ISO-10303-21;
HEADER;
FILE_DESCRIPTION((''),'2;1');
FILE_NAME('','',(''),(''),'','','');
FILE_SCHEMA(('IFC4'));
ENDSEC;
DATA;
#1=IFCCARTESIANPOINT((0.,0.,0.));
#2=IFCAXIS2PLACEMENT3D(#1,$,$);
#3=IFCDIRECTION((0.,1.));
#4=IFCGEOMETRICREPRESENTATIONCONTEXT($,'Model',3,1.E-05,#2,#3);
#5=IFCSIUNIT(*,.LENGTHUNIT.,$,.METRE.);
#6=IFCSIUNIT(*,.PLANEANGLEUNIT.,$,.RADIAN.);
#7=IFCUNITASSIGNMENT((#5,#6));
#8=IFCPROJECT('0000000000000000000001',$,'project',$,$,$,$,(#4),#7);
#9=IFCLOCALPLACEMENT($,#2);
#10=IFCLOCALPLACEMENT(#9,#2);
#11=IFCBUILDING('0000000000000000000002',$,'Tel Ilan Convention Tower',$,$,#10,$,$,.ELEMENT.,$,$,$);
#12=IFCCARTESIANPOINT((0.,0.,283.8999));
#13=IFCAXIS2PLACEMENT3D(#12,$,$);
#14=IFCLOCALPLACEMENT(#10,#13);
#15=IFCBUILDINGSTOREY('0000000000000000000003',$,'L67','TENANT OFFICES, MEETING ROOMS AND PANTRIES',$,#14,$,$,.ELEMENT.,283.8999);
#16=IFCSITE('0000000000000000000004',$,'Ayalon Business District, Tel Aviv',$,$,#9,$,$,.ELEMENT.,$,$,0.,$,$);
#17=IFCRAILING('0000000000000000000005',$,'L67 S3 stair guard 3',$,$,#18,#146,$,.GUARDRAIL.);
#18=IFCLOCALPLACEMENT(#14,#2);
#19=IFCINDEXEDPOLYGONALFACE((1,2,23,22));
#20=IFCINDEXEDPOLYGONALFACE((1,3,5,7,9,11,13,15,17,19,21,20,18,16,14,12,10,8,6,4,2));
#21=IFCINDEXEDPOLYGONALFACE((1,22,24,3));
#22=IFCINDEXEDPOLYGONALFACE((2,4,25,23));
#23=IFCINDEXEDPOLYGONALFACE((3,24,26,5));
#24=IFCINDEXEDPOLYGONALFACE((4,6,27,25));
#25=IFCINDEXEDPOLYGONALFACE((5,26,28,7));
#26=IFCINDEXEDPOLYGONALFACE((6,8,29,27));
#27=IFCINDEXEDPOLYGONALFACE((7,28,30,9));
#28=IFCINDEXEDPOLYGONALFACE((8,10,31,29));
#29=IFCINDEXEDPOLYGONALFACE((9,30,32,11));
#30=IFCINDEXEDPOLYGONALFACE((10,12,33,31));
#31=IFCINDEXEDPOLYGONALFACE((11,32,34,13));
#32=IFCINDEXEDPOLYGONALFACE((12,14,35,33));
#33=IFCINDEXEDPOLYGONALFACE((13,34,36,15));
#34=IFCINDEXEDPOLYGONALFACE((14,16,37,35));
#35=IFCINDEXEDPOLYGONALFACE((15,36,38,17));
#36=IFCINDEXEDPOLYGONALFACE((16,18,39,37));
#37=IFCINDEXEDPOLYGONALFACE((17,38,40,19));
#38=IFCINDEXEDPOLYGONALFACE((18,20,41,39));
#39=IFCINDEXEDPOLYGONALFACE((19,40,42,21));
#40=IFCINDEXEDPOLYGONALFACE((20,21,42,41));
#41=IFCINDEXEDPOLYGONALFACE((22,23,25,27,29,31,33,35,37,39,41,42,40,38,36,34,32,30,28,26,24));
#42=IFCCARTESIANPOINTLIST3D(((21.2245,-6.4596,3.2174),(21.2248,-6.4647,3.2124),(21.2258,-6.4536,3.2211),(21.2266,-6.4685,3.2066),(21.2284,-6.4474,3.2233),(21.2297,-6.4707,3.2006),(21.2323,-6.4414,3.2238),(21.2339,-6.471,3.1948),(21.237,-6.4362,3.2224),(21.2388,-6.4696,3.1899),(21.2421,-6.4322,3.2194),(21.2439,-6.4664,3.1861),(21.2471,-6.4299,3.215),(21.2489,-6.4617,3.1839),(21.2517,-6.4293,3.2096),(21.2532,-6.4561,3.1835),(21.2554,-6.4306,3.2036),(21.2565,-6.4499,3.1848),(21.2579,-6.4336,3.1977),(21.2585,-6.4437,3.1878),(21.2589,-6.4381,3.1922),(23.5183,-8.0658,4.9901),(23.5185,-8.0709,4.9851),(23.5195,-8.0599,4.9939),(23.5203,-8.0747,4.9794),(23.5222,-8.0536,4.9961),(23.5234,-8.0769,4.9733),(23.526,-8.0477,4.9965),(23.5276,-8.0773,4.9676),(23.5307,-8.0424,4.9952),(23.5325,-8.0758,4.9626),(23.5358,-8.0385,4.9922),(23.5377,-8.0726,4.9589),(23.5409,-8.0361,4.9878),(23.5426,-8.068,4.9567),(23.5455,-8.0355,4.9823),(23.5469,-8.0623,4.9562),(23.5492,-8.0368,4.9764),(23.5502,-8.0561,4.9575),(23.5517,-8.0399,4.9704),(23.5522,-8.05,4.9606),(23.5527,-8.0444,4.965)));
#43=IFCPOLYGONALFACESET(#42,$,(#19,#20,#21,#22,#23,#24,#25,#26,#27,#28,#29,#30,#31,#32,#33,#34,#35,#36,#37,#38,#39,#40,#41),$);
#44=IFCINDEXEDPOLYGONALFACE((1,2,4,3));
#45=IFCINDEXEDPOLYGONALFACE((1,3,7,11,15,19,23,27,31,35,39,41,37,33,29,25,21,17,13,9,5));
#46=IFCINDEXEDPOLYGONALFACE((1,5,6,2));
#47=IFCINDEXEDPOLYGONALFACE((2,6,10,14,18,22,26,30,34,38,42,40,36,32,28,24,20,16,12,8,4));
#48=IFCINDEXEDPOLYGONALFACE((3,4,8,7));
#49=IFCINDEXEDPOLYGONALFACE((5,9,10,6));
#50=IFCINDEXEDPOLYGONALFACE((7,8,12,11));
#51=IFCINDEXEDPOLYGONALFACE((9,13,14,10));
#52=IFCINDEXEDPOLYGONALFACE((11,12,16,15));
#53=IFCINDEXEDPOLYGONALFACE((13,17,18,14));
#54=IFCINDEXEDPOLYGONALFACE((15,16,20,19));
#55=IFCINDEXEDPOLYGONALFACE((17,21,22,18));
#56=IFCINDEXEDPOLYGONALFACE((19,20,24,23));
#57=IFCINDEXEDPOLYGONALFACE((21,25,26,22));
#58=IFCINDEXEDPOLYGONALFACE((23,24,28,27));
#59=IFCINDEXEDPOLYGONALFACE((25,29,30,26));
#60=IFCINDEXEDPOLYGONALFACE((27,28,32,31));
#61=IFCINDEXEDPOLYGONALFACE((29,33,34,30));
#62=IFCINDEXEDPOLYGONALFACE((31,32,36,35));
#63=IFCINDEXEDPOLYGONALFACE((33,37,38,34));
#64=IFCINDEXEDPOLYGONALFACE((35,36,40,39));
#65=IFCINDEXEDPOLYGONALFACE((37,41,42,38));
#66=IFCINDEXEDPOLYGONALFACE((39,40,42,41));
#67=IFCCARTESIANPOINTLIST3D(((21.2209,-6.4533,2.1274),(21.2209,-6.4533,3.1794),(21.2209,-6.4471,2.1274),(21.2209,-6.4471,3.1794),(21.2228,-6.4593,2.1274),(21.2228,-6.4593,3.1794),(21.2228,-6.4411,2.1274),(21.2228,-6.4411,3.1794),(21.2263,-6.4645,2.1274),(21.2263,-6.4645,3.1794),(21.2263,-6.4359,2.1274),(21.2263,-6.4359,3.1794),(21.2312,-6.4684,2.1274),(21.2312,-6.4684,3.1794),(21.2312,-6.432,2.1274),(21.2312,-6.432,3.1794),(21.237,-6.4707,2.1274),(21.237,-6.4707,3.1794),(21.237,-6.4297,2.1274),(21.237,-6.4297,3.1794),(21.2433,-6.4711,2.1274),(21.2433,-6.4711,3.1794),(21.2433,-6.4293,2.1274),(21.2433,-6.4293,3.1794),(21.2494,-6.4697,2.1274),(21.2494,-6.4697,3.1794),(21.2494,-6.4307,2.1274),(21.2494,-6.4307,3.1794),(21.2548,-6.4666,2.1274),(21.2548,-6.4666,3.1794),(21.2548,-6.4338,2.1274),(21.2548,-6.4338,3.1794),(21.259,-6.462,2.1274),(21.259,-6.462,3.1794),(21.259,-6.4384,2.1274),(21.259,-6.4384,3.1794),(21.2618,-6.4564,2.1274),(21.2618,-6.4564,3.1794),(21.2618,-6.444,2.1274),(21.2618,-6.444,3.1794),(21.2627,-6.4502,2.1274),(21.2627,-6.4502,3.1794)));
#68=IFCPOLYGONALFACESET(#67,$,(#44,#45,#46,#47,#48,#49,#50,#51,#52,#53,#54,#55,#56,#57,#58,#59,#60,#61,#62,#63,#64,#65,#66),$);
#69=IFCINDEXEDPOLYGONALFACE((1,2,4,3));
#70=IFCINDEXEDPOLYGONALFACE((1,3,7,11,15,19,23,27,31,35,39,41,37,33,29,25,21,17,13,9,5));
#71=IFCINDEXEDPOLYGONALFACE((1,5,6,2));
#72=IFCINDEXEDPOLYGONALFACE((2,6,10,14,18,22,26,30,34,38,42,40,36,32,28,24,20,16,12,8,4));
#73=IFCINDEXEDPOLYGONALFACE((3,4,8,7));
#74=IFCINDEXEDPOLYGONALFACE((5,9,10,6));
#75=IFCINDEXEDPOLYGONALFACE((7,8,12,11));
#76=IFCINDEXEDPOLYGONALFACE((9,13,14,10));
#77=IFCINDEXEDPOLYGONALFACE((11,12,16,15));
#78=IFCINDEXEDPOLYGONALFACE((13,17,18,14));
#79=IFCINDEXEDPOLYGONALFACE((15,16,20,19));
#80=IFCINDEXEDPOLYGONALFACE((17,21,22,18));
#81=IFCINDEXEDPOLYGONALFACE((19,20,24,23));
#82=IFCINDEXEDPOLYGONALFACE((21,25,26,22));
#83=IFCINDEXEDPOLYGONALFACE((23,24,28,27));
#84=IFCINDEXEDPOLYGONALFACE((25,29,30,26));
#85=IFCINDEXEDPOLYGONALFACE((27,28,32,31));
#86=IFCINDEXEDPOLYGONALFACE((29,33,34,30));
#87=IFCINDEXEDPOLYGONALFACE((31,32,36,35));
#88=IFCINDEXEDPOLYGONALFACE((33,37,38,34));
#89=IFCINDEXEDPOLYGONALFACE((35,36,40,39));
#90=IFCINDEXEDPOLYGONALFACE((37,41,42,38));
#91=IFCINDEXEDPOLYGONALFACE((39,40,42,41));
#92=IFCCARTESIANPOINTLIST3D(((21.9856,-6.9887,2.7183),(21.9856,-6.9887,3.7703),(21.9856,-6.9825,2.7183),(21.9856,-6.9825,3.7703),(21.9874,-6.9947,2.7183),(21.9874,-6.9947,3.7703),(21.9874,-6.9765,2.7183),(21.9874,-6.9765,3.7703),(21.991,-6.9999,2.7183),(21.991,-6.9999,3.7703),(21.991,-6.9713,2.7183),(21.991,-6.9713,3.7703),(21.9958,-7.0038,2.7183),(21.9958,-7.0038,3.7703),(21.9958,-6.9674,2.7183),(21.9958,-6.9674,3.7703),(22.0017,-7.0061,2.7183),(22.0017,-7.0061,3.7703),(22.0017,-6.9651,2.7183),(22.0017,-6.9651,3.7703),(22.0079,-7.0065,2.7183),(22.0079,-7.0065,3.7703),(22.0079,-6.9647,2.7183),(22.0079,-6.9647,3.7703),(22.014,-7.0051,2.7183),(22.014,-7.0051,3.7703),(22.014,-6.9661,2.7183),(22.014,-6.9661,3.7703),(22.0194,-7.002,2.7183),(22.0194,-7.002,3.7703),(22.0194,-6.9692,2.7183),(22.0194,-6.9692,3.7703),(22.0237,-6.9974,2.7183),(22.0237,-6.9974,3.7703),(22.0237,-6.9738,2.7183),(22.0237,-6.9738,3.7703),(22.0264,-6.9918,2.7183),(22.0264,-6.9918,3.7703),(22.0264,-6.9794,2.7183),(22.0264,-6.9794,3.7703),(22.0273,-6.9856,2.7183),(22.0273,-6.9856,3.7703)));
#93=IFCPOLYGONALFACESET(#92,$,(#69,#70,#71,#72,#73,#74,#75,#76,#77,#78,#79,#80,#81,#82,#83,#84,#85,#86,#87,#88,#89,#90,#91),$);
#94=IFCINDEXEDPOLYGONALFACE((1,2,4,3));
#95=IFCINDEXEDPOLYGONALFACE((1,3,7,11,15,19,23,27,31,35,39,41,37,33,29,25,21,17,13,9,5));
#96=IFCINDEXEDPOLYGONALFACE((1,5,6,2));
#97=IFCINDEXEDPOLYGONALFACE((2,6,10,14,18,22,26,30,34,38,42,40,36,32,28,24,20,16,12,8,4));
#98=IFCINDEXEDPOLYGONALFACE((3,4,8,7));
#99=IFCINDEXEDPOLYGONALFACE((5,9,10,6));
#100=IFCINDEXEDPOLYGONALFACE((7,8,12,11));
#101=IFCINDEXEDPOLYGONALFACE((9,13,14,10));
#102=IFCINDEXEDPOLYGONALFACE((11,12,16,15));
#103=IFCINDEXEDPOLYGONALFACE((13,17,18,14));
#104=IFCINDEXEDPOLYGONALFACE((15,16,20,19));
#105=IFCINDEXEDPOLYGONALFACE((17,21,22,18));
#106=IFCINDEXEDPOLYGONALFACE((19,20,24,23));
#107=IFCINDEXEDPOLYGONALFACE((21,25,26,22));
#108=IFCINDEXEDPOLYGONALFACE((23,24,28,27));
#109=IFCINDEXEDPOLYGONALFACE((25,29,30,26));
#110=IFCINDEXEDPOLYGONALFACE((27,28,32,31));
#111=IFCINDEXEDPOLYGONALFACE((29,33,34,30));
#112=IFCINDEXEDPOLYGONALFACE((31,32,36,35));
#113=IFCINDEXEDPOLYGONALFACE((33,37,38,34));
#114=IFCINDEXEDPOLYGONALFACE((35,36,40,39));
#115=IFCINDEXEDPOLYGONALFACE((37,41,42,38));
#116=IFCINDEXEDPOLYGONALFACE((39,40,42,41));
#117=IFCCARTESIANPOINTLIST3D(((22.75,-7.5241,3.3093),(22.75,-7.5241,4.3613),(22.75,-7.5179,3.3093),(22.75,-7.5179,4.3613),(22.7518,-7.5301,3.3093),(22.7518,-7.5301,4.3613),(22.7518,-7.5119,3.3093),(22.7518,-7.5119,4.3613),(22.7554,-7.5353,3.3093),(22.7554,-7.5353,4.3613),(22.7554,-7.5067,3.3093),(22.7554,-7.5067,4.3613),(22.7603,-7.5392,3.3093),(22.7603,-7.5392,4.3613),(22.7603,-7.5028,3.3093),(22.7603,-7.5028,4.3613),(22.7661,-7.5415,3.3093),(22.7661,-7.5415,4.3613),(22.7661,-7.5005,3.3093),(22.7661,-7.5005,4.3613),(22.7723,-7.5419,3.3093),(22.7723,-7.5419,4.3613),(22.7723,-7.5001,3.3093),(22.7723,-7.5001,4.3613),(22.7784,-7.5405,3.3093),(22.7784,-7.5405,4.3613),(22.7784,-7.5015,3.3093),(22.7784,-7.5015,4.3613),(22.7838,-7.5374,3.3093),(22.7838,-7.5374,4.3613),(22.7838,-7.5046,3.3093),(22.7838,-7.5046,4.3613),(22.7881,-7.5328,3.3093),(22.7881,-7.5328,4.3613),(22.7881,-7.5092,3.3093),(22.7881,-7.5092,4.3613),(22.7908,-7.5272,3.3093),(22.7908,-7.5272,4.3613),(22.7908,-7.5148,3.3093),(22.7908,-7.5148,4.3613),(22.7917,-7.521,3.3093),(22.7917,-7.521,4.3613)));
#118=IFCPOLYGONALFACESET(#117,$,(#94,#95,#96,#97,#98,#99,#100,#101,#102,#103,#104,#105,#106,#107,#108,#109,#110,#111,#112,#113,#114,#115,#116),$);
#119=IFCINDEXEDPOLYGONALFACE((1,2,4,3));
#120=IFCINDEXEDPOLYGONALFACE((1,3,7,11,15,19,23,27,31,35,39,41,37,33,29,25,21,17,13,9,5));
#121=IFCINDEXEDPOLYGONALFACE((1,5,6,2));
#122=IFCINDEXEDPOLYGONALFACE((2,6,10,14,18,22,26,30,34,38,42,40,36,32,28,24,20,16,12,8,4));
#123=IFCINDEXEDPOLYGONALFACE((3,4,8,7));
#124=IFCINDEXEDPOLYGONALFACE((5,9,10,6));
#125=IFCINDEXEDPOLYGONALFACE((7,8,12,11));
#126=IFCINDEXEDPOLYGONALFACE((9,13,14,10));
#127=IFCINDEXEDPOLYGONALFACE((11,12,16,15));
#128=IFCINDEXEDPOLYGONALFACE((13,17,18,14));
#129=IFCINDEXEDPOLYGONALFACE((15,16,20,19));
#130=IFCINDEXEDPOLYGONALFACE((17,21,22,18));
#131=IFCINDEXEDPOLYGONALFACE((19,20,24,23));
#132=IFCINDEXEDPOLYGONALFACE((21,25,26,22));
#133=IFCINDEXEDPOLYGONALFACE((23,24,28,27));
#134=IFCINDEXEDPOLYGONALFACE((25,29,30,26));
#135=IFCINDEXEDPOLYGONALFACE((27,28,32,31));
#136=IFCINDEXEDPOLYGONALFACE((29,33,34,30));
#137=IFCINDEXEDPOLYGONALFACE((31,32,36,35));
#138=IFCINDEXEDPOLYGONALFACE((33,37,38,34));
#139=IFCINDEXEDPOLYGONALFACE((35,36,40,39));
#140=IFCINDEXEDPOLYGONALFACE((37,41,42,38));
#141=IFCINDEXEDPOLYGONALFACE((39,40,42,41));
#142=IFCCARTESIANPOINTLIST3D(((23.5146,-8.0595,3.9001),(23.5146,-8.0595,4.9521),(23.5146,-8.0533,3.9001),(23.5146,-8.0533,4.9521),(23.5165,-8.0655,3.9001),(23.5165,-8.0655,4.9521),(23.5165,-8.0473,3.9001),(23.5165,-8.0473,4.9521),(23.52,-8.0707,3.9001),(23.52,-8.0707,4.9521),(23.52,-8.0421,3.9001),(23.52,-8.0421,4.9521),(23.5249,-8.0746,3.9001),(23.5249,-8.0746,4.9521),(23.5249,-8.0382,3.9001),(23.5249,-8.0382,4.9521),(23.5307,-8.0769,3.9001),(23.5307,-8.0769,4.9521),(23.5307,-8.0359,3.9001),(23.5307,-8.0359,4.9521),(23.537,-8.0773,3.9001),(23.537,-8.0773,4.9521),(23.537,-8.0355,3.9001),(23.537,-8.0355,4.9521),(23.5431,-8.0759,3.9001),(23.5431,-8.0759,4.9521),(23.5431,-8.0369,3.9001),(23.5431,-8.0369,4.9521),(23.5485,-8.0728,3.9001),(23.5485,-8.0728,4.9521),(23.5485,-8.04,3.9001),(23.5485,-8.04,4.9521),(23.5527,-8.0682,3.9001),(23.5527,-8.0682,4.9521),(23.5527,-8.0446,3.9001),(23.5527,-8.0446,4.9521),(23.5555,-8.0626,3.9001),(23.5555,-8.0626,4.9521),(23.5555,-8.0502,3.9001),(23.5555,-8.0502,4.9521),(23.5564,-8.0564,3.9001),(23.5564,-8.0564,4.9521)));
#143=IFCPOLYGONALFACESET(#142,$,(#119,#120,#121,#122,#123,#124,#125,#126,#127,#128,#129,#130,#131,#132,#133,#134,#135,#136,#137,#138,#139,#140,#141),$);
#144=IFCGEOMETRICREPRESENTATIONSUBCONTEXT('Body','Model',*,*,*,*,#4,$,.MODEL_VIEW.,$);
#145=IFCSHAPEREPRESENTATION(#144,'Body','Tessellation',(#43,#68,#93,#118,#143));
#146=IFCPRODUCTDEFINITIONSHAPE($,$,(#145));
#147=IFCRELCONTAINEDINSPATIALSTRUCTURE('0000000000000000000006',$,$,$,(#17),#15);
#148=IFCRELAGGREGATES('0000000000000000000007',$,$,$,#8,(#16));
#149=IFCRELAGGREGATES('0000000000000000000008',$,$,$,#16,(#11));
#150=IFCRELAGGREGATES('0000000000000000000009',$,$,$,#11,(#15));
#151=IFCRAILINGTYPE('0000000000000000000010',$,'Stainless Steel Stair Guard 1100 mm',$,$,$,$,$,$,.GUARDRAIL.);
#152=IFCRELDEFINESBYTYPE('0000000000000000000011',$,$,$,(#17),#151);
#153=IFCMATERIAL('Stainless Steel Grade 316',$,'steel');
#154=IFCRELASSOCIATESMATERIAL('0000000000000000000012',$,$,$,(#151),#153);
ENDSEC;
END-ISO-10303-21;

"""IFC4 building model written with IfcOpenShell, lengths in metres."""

from ifc_helpers import new_model, si_unit, direction, frame, origin, origin_2d, place, context, subcontext, project, spatial, circle, extrude, material, type_object, element, save


model = new_model("IFC4")

# Units and contexts
model_context = context("Model", 3, precision=1e-05, world=origin(), true_north=direction((0.0, 1.0)))
body_context = subcontext(model_context, "Body", "Model", "MODEL_VIEW")
ifc_project = project(units=[si_unit("LENGTHUNIT", "METRE"), si_unit("PLANEANGLEUNIT", "RADIAN")], contexts=[model_context])

# Site, building, storey
site_placement = place(None, origin())
site = spatial("IfcSite", under=ifc_project, at=site_placement, Name="Ayalon Business District, Tel Aviv", CompositionType="ELEMENT", RefElevation=0.0)
building_placement = place(site_placement, origin())
building = spatial("IfcBuilding", under=site, at=building_placement, Name="Tel Ilan Convention Tower", CompositionType="ELEMENT")
storey_placement = place(building_placement, frame((0.0, 0.0, 283.8999)))
storey = spatial("IfcBuildingStorey", under=building, at=storey_placement, Name="L67", Description="TENANT OFFICES, MEETING ROOMS AND PANTRIES", CompositionType="ELEMENT", Elevation=283.8999)

# Railing
ifc_material_1 = material(Name="Stainless Steel Grade 316", Category="steel")
railing_type_1 = type_object("IfcRailingType", Name="Stainless Steel Stair Guard 1100 mm", PredefinedType="GUARDRAIL", material=ifc_material_1)
railing_1_placement = place(storey_placement, frame((21.2417, -6.4502, 2.1274)))
element("IfcRailing", 1, at=railing_1_placement, inside=storey, type_object=railing_type_1, Name="L67 S3 stair guard 3", PredefinedType="GUARDRAIL", context=body_context, shape_type="SweptSolid", body=[
    extrude(circle(Radius=0.0239, at=origin_2d()), frame((0.0, 0.0, 1.0762), z_axis=(0.692098, -0.484653, 0.534894), x_axis=(0.573609, 0.81913, 0.0)), (0.0, 0.0, 1.0), 3.3142),
    extrude(circle(Radius=0.021, at=origin_2d()), origin(), (0.0, 0.0, 1.0), 1.052),
    extrude(circle(Radius=0.021, at=origin_2d()), frame((0.7646, -0.5354, 0.5908)), (0.0, 0.0, 1.0), 1.052),
    extrude(circle(Radius=0.021, at=origin_2d()), frame((1.5291, -1.0708, 1.1819)), (0.0, 0.0, 1.0), 1.052),
    extrude(circle(Radius=0.021, at=origin_2d()), frame((2.2937, -1.6062, 1.7727)), (0.0, 0.0, 1.0), 1.052),
])

save(model, "model.ifc")
